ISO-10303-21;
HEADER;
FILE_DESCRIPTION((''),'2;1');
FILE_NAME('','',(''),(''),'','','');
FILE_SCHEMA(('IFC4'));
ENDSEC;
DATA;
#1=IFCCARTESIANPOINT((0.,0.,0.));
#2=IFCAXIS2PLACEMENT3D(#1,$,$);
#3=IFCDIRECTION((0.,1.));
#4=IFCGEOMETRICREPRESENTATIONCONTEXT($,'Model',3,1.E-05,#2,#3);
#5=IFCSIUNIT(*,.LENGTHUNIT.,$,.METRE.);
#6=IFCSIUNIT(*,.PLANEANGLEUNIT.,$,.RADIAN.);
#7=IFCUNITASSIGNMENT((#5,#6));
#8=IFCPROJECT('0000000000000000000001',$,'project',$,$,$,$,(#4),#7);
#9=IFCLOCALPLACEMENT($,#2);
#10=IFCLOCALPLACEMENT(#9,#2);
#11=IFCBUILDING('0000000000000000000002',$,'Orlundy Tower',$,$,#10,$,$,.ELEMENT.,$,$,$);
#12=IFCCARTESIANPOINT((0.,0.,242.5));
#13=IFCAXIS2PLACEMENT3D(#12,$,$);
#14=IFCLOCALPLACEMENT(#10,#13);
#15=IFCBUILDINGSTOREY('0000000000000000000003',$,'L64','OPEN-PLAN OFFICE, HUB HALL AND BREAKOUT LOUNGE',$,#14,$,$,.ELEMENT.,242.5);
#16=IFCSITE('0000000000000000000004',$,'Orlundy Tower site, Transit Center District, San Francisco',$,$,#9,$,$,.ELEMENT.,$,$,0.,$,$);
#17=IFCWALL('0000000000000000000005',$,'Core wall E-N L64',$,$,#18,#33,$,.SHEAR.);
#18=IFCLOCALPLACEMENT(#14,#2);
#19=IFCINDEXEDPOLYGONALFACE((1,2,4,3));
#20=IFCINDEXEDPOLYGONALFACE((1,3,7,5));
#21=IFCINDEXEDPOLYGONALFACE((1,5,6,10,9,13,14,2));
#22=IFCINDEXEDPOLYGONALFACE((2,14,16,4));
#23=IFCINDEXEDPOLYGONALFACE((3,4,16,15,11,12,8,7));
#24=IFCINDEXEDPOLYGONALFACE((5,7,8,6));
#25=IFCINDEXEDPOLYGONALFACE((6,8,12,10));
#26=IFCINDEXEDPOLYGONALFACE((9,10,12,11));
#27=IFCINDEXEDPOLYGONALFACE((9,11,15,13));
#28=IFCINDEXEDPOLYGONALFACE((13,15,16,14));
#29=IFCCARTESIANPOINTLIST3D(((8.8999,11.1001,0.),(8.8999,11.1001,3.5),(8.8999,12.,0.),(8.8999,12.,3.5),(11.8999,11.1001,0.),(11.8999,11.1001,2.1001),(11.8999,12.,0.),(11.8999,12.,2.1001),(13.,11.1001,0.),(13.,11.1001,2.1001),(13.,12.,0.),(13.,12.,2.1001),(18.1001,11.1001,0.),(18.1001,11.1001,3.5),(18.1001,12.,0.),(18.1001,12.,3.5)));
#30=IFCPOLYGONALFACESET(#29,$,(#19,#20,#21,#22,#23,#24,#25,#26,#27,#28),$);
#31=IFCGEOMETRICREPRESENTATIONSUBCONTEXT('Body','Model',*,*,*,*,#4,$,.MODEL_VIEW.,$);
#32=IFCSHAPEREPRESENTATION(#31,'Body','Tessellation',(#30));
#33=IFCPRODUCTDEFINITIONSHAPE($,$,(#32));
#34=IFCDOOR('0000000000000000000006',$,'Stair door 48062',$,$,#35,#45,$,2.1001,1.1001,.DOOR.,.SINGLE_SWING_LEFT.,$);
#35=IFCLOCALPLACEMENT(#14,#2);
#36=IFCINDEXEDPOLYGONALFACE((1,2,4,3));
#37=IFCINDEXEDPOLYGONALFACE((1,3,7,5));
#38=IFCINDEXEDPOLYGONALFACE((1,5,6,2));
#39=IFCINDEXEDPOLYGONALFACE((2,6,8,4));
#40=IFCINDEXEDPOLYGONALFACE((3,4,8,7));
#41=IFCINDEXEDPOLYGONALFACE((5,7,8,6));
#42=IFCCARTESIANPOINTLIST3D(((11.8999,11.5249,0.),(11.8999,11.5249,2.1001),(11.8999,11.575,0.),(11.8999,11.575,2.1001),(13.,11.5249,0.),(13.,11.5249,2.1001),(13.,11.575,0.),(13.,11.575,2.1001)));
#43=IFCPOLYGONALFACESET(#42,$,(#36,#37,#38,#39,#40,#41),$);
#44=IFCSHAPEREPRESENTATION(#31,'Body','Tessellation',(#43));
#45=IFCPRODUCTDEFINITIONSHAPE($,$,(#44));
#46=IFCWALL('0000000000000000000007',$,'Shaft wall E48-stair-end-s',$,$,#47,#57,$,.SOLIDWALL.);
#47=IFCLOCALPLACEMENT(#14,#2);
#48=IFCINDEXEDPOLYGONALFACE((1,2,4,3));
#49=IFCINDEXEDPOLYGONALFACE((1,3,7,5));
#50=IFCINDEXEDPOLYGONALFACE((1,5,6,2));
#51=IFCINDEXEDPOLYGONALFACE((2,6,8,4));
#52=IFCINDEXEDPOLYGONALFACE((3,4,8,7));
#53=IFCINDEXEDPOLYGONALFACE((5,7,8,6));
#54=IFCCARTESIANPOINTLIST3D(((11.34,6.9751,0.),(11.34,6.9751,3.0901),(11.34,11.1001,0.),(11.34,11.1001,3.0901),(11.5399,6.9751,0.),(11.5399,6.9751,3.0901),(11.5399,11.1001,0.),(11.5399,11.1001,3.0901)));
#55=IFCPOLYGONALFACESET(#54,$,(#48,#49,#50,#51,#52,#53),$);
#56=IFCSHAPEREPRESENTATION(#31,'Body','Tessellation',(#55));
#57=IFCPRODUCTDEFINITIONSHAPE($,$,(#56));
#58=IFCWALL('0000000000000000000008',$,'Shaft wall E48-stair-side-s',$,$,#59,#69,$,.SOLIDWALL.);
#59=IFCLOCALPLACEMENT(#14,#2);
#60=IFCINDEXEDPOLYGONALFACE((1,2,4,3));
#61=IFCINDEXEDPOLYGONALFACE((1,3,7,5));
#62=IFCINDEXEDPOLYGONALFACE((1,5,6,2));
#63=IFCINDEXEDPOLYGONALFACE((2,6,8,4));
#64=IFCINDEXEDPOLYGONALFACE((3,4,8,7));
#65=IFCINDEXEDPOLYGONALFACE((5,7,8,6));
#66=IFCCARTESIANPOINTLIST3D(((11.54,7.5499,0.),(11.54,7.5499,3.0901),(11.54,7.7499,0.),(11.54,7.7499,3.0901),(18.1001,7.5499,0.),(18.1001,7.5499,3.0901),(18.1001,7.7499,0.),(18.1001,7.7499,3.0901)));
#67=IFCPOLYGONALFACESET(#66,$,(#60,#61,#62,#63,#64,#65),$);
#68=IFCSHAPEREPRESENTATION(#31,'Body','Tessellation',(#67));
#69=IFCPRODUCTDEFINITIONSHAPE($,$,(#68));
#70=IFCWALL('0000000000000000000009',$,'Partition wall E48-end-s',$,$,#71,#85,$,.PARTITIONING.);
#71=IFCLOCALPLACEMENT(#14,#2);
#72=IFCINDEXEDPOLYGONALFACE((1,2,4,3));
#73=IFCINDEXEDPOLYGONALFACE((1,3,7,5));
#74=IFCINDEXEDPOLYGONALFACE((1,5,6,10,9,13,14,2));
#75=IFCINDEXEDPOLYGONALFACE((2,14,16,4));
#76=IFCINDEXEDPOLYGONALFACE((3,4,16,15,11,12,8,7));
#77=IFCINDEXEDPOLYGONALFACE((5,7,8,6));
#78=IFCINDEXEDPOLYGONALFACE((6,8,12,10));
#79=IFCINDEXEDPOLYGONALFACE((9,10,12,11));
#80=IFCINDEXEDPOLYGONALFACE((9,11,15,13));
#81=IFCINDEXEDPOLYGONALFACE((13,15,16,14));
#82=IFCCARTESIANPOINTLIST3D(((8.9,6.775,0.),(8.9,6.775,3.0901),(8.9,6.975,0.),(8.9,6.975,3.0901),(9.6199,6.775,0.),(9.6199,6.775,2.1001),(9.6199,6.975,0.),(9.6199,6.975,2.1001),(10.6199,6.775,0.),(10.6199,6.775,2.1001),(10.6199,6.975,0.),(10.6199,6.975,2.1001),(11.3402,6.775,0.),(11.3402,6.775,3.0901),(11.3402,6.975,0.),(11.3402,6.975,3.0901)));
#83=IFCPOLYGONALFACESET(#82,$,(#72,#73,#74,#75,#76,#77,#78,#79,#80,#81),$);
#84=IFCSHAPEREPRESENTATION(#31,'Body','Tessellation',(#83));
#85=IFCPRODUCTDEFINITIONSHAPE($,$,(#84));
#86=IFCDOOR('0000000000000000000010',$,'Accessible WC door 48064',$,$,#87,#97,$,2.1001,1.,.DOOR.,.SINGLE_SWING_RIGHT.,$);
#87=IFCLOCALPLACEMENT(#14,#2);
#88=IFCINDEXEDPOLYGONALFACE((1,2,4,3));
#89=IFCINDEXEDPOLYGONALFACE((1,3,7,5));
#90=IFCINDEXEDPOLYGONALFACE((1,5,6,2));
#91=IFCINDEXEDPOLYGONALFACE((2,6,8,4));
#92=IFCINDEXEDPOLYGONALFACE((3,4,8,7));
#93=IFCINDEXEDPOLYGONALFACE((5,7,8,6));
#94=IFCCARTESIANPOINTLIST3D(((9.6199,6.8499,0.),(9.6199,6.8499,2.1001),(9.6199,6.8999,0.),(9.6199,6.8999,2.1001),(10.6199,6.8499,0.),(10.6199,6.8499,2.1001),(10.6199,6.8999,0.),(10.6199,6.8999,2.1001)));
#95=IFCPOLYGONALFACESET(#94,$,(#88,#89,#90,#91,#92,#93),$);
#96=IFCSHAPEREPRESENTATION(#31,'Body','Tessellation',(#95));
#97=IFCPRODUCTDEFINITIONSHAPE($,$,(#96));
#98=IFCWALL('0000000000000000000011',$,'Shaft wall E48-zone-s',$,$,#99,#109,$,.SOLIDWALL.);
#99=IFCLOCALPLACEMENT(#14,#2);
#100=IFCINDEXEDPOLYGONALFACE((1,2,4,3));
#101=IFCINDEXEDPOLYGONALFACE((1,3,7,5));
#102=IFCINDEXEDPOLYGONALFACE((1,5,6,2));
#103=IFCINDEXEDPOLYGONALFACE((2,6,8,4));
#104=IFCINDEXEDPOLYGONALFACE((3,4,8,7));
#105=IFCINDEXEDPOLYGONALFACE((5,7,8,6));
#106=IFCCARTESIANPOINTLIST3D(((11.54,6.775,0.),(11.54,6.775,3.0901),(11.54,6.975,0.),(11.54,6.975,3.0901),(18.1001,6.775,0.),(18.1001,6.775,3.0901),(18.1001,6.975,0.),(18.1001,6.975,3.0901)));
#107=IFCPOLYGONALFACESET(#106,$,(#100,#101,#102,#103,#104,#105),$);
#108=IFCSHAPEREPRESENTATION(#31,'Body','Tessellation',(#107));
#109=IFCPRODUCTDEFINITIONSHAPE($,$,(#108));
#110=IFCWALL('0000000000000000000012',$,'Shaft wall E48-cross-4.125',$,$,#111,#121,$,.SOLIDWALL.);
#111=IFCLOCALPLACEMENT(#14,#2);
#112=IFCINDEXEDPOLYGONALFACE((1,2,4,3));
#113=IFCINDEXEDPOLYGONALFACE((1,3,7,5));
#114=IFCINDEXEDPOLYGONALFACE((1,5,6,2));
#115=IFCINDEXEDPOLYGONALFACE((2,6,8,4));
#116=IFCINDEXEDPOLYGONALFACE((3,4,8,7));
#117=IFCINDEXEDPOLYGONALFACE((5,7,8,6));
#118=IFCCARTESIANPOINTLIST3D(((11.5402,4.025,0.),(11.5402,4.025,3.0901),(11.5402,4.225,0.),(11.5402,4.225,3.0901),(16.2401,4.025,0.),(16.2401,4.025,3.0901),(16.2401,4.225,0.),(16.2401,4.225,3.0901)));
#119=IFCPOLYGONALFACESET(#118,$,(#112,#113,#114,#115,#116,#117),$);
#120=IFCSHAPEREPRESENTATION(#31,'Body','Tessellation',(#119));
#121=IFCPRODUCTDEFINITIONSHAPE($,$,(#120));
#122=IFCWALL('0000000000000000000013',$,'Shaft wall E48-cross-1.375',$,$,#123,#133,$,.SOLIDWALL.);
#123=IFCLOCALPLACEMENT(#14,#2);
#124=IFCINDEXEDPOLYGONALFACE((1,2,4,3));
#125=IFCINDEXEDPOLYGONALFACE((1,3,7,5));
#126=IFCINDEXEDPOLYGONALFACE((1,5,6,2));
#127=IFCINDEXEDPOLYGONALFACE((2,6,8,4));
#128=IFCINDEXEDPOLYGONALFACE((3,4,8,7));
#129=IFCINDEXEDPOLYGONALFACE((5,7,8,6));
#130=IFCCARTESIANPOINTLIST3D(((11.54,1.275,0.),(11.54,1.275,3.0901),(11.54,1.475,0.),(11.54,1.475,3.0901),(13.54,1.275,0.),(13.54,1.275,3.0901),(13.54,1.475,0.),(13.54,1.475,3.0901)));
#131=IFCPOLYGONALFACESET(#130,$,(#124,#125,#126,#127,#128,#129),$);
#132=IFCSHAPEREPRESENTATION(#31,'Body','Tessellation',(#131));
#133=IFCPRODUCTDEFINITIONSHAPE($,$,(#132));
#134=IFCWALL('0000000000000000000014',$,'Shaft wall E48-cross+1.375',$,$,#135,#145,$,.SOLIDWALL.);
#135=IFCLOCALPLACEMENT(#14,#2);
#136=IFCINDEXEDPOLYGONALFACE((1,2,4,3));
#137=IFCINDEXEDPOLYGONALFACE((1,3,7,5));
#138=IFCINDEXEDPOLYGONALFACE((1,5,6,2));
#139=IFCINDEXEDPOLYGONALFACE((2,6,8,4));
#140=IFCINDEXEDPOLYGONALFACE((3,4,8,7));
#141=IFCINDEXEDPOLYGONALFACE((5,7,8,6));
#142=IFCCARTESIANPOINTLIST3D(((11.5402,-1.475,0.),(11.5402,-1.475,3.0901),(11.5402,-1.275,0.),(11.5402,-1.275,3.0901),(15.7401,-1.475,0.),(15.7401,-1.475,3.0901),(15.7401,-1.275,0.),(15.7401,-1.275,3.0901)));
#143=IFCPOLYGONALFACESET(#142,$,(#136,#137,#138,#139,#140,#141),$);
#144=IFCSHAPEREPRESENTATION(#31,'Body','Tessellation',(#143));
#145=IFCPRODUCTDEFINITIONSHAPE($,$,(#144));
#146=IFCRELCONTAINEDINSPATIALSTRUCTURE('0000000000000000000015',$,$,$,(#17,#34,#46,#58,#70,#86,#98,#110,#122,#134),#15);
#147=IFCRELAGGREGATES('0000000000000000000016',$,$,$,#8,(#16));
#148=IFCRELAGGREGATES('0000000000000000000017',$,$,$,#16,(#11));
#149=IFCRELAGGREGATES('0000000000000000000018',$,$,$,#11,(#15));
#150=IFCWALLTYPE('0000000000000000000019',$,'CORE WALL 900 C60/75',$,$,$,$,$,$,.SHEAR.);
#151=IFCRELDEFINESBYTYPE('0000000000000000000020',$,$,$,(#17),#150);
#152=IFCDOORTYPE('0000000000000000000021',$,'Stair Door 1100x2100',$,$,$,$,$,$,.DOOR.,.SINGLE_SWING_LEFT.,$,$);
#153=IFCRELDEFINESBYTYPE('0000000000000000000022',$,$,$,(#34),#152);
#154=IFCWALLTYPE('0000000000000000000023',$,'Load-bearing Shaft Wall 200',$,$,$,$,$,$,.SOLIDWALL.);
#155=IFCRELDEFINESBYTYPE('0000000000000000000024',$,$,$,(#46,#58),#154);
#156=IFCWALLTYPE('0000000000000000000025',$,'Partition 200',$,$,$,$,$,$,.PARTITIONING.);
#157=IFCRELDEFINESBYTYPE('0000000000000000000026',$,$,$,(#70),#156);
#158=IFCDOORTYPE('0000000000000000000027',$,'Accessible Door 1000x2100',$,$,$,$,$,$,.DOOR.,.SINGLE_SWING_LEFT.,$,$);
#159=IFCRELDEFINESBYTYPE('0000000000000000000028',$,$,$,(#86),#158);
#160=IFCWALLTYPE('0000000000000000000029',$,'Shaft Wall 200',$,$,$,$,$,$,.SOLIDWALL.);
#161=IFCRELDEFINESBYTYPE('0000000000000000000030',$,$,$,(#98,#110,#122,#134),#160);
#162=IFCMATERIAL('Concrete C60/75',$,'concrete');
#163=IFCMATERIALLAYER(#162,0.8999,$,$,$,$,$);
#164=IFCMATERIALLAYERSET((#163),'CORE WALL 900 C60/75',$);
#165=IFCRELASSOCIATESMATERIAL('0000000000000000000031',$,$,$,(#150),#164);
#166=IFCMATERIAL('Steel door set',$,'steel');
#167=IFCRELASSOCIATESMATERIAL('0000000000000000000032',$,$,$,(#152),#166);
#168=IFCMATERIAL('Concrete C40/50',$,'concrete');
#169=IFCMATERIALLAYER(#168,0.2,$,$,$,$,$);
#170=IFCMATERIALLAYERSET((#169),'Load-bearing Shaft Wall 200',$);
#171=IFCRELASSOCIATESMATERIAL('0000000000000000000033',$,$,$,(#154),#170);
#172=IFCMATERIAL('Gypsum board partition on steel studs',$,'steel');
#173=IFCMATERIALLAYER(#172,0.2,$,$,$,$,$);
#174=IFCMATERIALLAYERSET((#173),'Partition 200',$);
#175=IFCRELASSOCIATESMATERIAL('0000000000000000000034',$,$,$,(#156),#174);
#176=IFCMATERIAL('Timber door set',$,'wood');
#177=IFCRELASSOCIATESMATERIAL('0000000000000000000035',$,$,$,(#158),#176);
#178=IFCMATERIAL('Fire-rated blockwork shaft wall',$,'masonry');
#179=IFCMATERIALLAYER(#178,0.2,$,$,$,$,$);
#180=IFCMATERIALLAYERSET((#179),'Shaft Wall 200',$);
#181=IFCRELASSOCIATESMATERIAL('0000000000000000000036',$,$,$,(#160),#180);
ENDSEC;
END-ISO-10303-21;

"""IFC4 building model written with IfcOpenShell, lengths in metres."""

from ifc_helpers import new_model, si_unit, direction, frame, frame_2d, origin, place, context, subcontext, project, spatial, rectangle, extrude, material, layer, layer_set, type_object, element, fill, save


model = new_model("IFC4")

# Units and contexts
model_context = context("Model", 3, precision=1e-05, world=origin(), true_north=direction((0.0, 1.0)))
body_context = subcontext(model_context, "Body", "Model", "MODEL_VIEW")
ifc_project = project(units=[si_unit("LENGTHUNIT", "METRE"), si_unit("PLANEANGLEUNIT", "RADIAN")], contexts=[model_context])

# Site, building, storey
site_placement = place(None, origin())
site = spatial("IfcSite", under=ifc_project, at=site_placement, Name="Orlundy Tower site, Transit Center District, San Francisco", CompositionType="ELEMENT", RefElevation=0.0)
building_placement = place(site_placement, origin())
building = spatial("IfcBuilding", under=site, at=building_placement, Name="Orlundy Tower", CompositionType="ELEMENT")
storey_placement = place(building_placement, frame((0.0, 0.0, 242.5)))
storey = spatial("IfcBuildingStorey", under=building, at=storey_placement, Name="L64", Description="OPEN-PLAN OFFICE, HUB HALL AND BREAKOUT LOUNGE", CompositionType="ELEMENT", Elevation=242.5)

# Wall, opening, door
ifc_material_1 = material(Name="Concrete C60/75", Category="concrete")
ifc_layer_1 = layer(ifc_material_1, 0.8999)
ifc_layer_set_1 = layer_set([ifc_layer_1], Name="CORE WALL 900 C60/75")
wall_type_1 = type_object("IfcWallType", Name="CORE WALL 900 C60/75", PredefinedType="SHEAR", material=ifc_layer_set_1)
wall_1_placement = place(storey_placement, frame((8.8999, 11.55, 0.0), z_axis=(0.0, 0.0, 1.0), x_axis=(1.0, 0.0, 0.0)))
wall_1 = element("IfcWall", 1, at=wall_1_placement, inside=storey, type_object=wall_type_1, Name="Core wall E-N L64", PredefinedType="SHEAR", context=body_context, shape_type="SweptSolid", body=[
    extrude(rectangle(XDim=9.2002, YDim=0.8999, at=frame_2d((4.6001, 0.0))), origin(), (0.0, 0.0, 1.0), 3.5),
])
opening_1_placement = place(wall_1_placement, frame((3.0, 0.0, 0.0)))
opening_1 = element("IfcOpeningElement", 2, at=opening_1_placement, cuts=wall_1, PredefinedType="OPENING", context=body_context, shape_type="SweptSolid", body=[
    extrude(rectangle(XDim=1.1001, YDim=2.1001, at=frame_2d((0.55, 1.05))), frame((0.0, 0.46, 0.0), z_axis=(0.0, -1.0, 0.0), x_axis=(1.0, 0.0, 0.0)), (0.0, 0.0, 1.0), 0.9199),
])
ifc_material_2 = material(Name="Steel door set", Category="steel")
door_type_1 = type_object("IfcDoorType", Name="Stair Door 1100x2100", OperationType="SINGLE_SWING_LEFT", PredefinedType="DOOR", material=ifc_material_2)
door_1_placement = place(opening_1_placement, origin())
door_1 = element("IfcDoor", 3, at=door_1_placement, inside=storey, type_object=door_type_1, Name="Stair door 48062", OperationType="SINGLE_SWING_LEFT", OverallHeight=2.1001, OverallWidth=1.1001, PredefinedType="DOOR", context=body_context, shape_type="SweptSolid", body=[
    extrude(rectangle(XDim=1.1001, YDim=2.1001, at=frame_2d((0.55, 1.05))), frame((0.0, 0.0249, 0.0), z_axis=(0.0, -1.0, 0.0), x_axis=(1.0, 0.0, 0.0)), (0.0, 0.0, 1.0), 0.05),
])
fill(opening_1, door_1)

# Walls
ifc_material_3 = material(Name="Concrete C40/50", Category="concrete")
ifc_layer_2 = layer(ifc_material_3, 0.2)
ifc_layer_set_2 = layer_set([ifc_layer_2], Name="Load-bearing Shaft Wall 200")
wall_type_2 = type_object("IfcWallType", Name="Load-bearing Shaft Wall 200", PredefinedType="SOLIDWALL", material=ifc_layer_set_2)
wall_2_placement = place(storey_placement, frame((11.4399, 11.1001, 0.0), z_axis=(0.0, 0.0, 1.0), x_axis=(0.0, -1.0, 0.0)))
element("IfcWall", 4, at=wall_2_placement, inside=storey, type_object=wall_type_2, Name="Shaft wall E48-stair-end-s", PredefinedType="SOLIDWALL", context=body_context, shape_type="SweptSolid", body=[
    extrude(rectangle(XDim=4.125, YDim=0.2, at=frame_2d((2.0625, 0.0))), origin(), (0.0, 0.0, 1.0), 3.0901),
])
wall_3_placement = place(storey_placement, frame((11.54, 7.6499, 0.0), z_axis=(0.0, 0.0, 1.0), x_axis=(1.0, 0.0, 0.0)))
element("IfcWall", 5, at=wall_3_placement, inside=storey, type_object=wall_type_2, Name="Shaft wall E48-stair-side-s", PredefinedType="SOLIDWALL", context=body_context, shape_type="SweptSolid", body=[
    extrude(rectangle(XDim=6.5601, YDim=0.2, at=frame_2d((3.28, 0.0))), origin(), (0.0, 0.0, 1.0), 3.0901),
])

# Wall, opening, door
ifc_material_4 = material(Name="Gypsum board partition on steel studs", Category="steel")
ifc_layer_3 = layer(ifc_material_4, 0.2)
ifc_layer_set_3 = layer_set([ifc_layer_3], Name="Partition 200")
wall_type_3 = type_object("IfcWallType", Name="Partition 200", PredefinedType="PARTITIONING", material=ifc_layer_set_3)
wall_4_placement = place(storey_placement, frame((8.8999, 6.875, 0.0), z_axis=(0.0, 0.0, 1.0), x_axis=(1.0, 0.0, 0.0)))
wall_4 = element("IfcWall", 6, at=wall_4_placement, inside=storey, type_object=wall_type_3, Name="Partition wall E48-end-s", PredefinedType="PARTITIONING", context=body_context, shape_type="SweptSolid", body=[
    extrude(rectangle(XDim=2.4402, YDim=0.2, at=frame_2d((1.2202, 0.0))), origin(), (0.0, 0.0, 1.0), 3.0901),
])
opening_2_placement = place(wall_4_placement, frame((0.72, 0.0, 0.0)))
opening_2 = element("IfcOpeningElement", 7, at=opening_2_placement, cuts=wall_4, PredefinedType="OPENING", context=body_context, shape_type="SweptSolid", body=[
    extrude(rectangle(XDim=1.0, YDim=2.1001, at=frame_2d((0.5, 1.05))), frame((0.0, 0.1101, 0.0), z_axis=(0.0, -1.0, 0.0), x_axis=(1.0, 0.0, 0.0)), (0.0, 0.0, 1.0), 0.2202),
])
ifc_material_5 = material(Name="Timber door set", Category="wood")
door_type_2 = type_object("IfcDoorType", Name="Accessible Door 1000x2100", OperationType="SINGLE_SWING_LEFT", PredefinedType="DOOR", material=ifc_material_5)
door_2_placement = place(opening_2_placement, origin())
door_2 = element("IfcDoor", 8, at=door_2_placement, inside=storey, type_object=door_type_2, Name="Accessible WC door 48064", OperationType="SINGLE_SWING_RIGHT", OverallHeight=2.1001, OverallWidth=1.0, PredefinedType="DOOR", context=body_context, shape_type="SweptSolid", body=[
    extrude(rectangle(XDim=1.0, YDim=2.1001, at=frame_2d((0.5, 1.05))), frame((0.0, 0.0249, 0.0), z_axis=(0.0, -1.0, 0.0), x_axis=(1.0, 0.0, 0.0)), (0.0, 0.0, 1.0), 0.05),
])
fill(opening_2, door_2)

# Walls
ifc_material_6 = material(Name="Fire-rated blockwork shaft wall", Category="masonry")
ifc_layer_4 = layer(ifc_material_6, 0.2)
ifc_layer_set_4 = layer_set([ifc_layer_4], Name="Shaft Wall 200")
wall_type_4 = type_object("IfcWallType", Name="Shaft Wall 200", PredefinedType="SOLIDWALL", material=ifc_layer_set_4)
wall_5_placement = place(storey_placement, frame((11.54, 6.875, 0.0), z_axis=(0.0, 0.0, 1.0), x_axis=(1.0, 0.0, 0.0)))
element("IfcWall", 9, at=wall_5_placement, inside=storey, type_object=wall_type_4, Name="Shaft wall E48-zone-s", PredefinedType="SOLIDWALL", context=body_context, shape_type="SweptSolid", body=[
    extrude(rectangle(XDim=6.5601, YDim=0.2, at=frame_2d((3.28, 0.0))), origin(), (0.0, 0.0, 1.0), 3.0901),
])
wall_6_placement = place(storey_placement, frame((11.54, 4.125, 0.0), z_axis=(0.0, 0.0, 1.0), x_axis=(1.0, 0.0, 0.0)))
element("IfcWall", 10, at=wall_6_placement, inside=storey, type_object=wall_type_4, Name="Shaft wall E48-cross-4.125", PredefinedType="SOLIDWALL", context=body_context, shape_type="SweptSolid", body=[
    extrude(rectangle(XDim=4.7, YDim=0.2, at=frame_2d((2.3501, 0.0))), origin(), (0.0, 0.0, 1.0), 3.0901),
])
wall_7_placement = place(storey_placement, frame((11.54, 1.375, 0.0), z_axis=(0.0, 0.0, 1.0), x_axis=(1.0, 0.0, 0.0)))
element("IfcWall", 11, at=wall_7_placement, inside=storey, type_object=wall_type_4, Name="Shaft wall E48-cross-1.375", PredefinedType="SOLIDWALL", context=body_context, shape_type="SweptSolid", body=[
    extrude(rectangle(XDim=2.0, YDim=0.2, at=frame_2d((1.0, 0.0))), origin(), (0.0, 0.0, 1.0), 3.0901),
])
wall_8_placement = place(storey_placement, frame((11.54, -1.375, 0.0), z_axis=(0.0, 0.0, 1.0), x_axis=(1.0, 0.0, 0.0)))
element("IfcWall", 12, at=wall_8_placement, inside=storey, type_object=wall_type_4, Name="Shaft wall E48-cross+1.375", PredefinedType="SOLIDWALL", context=body_context, shape_type="SweptSolid", body=[
    extrude(rectangle(XDim=4.2, YDim=0.2, at=frame_2d((2.1001, 0.0))), origin(), (0.0, 0.0, 1.0), 3.0901),
])

save(model, "model.ifc")
